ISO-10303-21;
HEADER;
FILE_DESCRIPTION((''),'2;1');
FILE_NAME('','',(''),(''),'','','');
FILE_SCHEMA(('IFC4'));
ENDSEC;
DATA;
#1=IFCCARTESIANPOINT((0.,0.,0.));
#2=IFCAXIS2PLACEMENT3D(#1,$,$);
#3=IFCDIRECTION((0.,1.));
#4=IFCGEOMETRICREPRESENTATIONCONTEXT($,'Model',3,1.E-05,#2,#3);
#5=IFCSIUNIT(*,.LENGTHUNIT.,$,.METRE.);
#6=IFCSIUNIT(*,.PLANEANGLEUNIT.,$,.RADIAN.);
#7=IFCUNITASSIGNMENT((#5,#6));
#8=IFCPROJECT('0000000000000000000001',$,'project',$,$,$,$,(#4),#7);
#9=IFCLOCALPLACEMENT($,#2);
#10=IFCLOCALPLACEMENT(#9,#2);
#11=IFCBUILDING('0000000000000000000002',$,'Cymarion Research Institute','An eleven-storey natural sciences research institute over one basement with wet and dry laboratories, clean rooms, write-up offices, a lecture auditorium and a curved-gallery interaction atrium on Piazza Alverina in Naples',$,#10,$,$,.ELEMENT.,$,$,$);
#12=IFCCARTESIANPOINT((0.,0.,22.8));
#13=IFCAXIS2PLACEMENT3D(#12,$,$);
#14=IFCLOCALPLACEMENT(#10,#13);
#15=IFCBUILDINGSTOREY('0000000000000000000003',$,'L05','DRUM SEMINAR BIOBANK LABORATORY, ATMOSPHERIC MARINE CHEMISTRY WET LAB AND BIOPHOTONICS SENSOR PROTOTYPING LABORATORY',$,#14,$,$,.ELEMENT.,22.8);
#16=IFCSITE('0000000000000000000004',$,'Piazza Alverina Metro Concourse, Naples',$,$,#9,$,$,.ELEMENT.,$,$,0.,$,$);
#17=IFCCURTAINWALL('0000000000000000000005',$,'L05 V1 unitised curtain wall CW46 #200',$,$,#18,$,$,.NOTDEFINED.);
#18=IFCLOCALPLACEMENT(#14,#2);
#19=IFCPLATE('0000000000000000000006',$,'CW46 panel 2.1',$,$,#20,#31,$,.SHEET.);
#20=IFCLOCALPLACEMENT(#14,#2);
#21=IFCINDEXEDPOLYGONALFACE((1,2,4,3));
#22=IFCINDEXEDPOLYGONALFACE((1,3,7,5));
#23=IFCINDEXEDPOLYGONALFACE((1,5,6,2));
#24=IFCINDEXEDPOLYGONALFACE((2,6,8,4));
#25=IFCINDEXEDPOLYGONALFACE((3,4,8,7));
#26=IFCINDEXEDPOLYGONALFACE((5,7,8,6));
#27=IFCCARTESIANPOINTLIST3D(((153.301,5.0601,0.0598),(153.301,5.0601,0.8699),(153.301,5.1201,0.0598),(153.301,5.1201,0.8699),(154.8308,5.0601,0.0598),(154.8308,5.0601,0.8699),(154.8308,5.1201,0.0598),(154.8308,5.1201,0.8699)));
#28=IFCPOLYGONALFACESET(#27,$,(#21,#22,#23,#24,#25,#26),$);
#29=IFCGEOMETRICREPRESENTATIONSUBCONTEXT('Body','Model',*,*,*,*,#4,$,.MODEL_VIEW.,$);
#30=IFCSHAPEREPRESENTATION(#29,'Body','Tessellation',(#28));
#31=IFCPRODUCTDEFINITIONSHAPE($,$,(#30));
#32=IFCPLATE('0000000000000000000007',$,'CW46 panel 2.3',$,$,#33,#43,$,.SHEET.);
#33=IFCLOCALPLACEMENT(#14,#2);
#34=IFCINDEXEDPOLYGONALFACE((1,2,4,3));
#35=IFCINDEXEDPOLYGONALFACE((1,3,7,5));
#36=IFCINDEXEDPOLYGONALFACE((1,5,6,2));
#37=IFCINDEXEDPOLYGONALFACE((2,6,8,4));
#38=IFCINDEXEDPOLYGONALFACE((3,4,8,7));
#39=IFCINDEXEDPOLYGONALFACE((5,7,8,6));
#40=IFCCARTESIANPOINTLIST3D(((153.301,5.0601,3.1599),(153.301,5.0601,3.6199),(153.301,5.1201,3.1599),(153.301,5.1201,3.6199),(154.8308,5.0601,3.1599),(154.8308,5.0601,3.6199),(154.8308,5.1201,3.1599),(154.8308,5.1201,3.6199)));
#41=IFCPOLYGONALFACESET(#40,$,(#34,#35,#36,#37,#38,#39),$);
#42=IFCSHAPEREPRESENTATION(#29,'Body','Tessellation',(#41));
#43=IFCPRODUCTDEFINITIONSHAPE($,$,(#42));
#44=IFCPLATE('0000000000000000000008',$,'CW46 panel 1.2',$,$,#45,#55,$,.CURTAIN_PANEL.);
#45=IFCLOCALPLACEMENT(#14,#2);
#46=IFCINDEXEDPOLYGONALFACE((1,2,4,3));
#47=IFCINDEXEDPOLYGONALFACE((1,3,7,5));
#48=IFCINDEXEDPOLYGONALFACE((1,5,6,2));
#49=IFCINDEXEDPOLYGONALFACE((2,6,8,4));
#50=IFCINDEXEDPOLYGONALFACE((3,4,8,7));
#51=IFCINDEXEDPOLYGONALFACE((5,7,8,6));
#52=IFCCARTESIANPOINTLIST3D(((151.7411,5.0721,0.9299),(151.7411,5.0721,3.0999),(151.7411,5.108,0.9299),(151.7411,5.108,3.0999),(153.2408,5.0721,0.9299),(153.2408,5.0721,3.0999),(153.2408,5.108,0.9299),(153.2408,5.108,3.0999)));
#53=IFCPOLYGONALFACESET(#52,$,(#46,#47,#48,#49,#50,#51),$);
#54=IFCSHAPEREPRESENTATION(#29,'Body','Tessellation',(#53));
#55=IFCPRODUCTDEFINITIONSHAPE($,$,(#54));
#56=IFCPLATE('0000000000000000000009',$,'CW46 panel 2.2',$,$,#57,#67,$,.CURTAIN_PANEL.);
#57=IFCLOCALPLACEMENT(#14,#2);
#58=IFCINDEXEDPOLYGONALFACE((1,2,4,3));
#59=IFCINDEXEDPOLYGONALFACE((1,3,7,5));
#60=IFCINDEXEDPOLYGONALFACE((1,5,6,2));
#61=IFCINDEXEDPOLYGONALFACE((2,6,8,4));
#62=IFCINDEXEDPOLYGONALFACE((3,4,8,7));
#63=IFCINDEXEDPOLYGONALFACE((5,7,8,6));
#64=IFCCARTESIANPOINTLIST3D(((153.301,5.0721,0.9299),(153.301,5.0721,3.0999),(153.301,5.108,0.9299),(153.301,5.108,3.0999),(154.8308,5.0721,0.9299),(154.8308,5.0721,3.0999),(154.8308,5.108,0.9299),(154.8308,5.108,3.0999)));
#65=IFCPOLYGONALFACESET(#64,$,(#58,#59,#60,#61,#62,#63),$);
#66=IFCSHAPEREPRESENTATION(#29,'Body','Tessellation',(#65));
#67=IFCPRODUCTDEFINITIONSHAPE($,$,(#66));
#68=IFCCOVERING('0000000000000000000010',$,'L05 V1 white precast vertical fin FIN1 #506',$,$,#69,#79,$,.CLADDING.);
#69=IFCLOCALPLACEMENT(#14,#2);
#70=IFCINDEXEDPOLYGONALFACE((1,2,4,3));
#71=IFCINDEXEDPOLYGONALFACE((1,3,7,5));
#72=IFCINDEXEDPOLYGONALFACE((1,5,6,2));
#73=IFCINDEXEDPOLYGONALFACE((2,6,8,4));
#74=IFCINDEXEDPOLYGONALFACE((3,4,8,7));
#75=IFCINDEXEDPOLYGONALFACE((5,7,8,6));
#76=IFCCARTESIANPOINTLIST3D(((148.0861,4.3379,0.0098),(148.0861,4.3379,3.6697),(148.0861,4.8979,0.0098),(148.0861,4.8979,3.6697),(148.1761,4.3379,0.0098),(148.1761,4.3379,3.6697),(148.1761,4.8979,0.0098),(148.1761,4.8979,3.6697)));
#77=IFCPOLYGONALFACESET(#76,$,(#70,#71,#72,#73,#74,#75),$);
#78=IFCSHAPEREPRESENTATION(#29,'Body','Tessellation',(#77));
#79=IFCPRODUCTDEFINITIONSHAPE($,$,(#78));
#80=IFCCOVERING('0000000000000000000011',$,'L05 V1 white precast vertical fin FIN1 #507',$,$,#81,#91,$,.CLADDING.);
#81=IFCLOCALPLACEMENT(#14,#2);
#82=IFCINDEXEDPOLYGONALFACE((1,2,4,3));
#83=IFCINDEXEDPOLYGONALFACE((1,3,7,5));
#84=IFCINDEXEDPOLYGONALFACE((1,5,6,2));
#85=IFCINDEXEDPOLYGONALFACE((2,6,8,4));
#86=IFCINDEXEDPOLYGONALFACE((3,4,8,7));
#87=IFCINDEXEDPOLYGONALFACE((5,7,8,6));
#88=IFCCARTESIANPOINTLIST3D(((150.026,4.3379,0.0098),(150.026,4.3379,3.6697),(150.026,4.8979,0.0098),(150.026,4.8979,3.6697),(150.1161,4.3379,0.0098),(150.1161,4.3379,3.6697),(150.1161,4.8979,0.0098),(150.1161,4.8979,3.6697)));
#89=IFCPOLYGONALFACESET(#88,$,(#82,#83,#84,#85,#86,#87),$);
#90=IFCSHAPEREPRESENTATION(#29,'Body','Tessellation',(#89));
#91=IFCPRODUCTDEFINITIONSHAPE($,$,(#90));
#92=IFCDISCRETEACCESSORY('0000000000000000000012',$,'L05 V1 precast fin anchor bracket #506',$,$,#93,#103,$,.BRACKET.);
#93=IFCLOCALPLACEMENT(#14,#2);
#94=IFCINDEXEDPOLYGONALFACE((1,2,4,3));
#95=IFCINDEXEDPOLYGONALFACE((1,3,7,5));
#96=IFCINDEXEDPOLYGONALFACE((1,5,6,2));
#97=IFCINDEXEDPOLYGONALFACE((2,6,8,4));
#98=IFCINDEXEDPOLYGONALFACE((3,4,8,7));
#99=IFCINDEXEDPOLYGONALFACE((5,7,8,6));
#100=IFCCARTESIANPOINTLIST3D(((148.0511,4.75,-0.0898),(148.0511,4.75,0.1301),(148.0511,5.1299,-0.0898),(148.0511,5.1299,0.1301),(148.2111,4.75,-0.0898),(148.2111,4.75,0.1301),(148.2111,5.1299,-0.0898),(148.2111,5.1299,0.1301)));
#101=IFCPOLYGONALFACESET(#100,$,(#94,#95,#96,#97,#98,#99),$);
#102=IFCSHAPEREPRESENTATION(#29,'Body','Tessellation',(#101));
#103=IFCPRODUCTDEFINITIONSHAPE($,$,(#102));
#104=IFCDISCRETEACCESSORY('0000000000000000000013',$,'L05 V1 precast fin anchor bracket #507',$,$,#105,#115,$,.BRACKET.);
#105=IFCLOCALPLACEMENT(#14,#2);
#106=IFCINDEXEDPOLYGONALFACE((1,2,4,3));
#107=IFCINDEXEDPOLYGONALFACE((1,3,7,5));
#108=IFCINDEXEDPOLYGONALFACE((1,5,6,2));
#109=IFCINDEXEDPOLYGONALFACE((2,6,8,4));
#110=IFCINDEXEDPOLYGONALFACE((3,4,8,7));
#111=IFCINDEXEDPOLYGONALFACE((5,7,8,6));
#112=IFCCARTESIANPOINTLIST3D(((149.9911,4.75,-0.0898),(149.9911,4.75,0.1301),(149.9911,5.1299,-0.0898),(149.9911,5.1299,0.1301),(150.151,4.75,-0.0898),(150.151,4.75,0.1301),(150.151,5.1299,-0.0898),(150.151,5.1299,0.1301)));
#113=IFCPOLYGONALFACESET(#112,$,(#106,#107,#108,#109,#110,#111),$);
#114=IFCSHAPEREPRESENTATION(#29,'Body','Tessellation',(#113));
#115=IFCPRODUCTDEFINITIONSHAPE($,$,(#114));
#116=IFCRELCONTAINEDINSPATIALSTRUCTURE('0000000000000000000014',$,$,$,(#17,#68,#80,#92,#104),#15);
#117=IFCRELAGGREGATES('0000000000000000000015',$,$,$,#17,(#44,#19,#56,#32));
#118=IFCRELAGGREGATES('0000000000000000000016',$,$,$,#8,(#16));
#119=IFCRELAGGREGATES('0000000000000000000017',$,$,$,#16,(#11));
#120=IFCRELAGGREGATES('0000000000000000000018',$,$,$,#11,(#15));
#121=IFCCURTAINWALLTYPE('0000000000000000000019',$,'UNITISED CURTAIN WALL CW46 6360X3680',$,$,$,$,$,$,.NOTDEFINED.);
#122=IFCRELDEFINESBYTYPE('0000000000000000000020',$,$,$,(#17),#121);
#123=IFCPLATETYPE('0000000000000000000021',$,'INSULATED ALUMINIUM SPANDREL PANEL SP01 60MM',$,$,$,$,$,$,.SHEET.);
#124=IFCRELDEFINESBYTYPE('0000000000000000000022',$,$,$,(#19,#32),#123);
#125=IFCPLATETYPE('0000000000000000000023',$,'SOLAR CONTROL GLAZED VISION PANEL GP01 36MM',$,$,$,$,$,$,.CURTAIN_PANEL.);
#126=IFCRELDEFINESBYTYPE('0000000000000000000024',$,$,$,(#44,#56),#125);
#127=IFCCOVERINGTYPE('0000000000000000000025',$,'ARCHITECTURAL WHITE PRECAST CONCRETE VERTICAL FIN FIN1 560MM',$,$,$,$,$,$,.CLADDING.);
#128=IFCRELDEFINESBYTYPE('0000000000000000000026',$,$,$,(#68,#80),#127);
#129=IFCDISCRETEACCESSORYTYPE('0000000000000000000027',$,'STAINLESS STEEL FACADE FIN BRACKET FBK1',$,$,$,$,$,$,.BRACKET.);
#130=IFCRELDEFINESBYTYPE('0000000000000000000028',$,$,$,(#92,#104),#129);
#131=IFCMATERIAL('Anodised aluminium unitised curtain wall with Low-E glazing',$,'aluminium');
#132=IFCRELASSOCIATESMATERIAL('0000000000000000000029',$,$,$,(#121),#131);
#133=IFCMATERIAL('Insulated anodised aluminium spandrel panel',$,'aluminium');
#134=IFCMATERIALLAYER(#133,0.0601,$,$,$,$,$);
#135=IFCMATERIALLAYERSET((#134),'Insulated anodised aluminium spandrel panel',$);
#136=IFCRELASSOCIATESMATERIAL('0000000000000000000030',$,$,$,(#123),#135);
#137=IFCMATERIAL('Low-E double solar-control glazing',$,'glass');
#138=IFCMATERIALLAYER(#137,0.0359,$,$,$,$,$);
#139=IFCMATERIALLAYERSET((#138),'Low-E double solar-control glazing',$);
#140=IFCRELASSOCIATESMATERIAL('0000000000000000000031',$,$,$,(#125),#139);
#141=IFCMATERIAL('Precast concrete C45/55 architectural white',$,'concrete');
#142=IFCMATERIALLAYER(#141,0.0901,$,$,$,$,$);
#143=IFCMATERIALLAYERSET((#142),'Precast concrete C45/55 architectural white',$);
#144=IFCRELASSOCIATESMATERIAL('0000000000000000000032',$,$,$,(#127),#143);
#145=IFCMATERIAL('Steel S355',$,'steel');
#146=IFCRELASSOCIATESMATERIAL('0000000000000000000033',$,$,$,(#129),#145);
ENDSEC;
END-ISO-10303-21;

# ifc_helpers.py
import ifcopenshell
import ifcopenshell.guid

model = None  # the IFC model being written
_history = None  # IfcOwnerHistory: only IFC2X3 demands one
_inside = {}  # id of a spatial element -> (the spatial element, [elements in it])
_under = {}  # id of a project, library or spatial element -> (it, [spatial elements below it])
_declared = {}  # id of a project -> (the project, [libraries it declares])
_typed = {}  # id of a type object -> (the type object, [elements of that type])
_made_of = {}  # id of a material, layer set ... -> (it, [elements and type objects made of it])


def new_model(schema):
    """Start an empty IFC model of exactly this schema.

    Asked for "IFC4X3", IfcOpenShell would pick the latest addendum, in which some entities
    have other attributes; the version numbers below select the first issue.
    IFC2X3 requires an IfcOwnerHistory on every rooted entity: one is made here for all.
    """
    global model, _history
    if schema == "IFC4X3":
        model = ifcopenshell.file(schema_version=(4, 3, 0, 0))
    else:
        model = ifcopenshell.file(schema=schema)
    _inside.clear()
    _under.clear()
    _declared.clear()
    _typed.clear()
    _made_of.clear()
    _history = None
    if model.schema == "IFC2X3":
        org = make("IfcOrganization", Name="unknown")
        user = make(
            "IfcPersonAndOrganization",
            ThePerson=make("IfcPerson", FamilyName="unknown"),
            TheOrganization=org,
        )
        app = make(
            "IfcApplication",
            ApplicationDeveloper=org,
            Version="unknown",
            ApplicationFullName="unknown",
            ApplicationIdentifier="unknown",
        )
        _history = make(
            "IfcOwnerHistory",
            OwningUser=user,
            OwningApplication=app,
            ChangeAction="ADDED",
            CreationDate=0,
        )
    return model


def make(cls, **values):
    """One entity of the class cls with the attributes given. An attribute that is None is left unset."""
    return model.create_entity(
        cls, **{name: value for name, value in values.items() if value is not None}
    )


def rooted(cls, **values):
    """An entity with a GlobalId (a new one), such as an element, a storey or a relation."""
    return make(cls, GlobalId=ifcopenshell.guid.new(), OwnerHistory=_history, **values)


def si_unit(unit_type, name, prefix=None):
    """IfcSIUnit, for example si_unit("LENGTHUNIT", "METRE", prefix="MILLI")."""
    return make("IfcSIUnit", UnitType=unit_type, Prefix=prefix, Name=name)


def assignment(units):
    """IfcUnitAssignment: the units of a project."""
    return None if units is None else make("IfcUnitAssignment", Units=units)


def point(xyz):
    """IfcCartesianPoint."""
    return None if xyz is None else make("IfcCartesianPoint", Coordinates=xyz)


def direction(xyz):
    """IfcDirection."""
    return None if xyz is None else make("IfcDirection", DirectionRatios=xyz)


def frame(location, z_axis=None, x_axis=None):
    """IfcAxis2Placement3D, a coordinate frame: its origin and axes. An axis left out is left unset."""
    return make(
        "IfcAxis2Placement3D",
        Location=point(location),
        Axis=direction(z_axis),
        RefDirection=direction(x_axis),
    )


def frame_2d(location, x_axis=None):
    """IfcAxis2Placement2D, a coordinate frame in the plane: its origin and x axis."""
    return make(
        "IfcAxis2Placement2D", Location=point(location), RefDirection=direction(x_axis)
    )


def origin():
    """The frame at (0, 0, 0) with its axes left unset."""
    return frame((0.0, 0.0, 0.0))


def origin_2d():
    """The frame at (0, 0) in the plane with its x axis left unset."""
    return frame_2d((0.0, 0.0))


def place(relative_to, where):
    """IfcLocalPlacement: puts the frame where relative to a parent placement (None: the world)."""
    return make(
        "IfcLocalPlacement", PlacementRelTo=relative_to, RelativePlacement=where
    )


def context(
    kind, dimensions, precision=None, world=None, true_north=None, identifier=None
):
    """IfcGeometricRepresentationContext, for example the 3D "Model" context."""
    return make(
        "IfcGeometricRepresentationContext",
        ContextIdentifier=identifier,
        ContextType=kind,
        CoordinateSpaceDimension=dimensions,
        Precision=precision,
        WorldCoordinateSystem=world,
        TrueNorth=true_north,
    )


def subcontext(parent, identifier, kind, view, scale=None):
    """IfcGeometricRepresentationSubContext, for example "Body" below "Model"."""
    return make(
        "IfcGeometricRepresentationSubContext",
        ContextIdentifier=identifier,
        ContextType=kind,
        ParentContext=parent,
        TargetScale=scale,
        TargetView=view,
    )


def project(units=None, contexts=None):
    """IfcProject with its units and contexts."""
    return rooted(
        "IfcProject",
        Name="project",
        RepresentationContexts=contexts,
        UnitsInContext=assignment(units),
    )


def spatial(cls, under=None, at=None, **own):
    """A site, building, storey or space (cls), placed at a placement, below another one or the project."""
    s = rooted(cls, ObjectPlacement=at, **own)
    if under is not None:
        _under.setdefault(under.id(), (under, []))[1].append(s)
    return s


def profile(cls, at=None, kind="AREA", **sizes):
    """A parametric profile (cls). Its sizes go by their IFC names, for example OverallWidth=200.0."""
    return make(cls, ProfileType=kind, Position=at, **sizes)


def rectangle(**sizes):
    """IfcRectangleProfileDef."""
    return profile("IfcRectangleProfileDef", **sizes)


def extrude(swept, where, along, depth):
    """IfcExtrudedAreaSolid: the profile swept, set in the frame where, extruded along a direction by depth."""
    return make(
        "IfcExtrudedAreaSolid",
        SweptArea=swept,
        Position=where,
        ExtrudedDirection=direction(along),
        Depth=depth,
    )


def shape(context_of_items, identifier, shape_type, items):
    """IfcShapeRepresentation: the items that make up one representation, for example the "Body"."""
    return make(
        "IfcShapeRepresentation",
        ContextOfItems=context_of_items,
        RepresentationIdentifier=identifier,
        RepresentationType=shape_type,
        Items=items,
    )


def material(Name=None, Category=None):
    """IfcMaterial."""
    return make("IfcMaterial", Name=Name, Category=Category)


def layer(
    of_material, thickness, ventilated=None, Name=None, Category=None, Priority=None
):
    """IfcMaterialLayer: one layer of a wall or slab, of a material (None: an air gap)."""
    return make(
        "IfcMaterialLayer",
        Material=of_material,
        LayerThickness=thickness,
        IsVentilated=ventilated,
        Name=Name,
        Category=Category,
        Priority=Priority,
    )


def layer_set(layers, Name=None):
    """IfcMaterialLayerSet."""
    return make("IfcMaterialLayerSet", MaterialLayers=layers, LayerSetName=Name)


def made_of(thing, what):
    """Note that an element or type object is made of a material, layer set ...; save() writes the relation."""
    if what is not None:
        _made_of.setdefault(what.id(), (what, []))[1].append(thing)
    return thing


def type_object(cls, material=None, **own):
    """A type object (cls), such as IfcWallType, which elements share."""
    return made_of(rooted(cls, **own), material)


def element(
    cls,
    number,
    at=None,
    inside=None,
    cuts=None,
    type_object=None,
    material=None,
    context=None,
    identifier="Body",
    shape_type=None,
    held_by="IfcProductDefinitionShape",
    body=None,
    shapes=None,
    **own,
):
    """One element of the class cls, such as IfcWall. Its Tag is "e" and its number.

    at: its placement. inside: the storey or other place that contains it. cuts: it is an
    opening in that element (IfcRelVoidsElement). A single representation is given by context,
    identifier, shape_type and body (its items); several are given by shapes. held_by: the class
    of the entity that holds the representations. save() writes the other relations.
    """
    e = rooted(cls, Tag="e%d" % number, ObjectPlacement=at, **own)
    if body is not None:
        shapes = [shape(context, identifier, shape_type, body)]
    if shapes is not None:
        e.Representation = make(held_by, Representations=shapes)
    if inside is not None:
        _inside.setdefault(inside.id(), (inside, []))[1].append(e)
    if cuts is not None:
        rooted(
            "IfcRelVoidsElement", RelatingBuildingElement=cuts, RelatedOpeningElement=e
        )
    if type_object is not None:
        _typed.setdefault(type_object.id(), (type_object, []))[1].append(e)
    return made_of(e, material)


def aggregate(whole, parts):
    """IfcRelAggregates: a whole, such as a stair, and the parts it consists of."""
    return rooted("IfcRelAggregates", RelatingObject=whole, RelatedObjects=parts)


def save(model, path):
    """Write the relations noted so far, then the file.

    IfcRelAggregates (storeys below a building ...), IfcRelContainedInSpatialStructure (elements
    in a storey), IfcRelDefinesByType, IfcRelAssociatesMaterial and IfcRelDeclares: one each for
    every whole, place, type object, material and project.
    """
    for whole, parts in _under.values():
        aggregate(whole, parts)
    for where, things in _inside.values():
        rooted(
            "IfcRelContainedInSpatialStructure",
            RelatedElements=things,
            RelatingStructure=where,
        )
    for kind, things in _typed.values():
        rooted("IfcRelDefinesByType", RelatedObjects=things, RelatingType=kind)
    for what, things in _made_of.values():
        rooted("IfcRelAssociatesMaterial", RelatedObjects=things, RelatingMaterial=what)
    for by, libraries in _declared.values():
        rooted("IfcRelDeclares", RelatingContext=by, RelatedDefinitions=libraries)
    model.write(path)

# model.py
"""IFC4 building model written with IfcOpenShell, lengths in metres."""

from ifc_helpers import new_model, si_unit, direction, frame, origin, origin_2d, place, context, subcontext, project, spatial, rectangle, extrude, material, layer, layer_set, type_object, element, aggregate, save


model = new_model("IFC4")

# Units and contexts
model_context = context("Model", 3, precision=1e-05, world=origin(), true_north=direction((0.0, 1.0)))
body_context = subcontext(model_context, "Body", "Model", "MODEL_VIEW")
ifc_project = project(units=[si_unit("LENGTHUNIT", "METRE"), si_unit("PLANEANGLEUNIT", "RADIAN")], contexts=[model_context])

# Site, building, storey
site_placement = place(None, origin())
site = spatial("IfcSite", under=ifc_project, at=site_placement, Name="Piazza Alverina Metro Concourse, Naples", CompositionType="ELEMENT", RefElevation=0.0)
building_placement = place(site_placement, origin())
building = spatial("IfcBuilding", under=site, at=building_placement, Name="Cymarion Research Institute", Description="An eleven-storey natural sciences research institute over one basement with wet and dry laboratories, clean rooms, write-up offices, a lecture auditorium and a curved-gallery interaction atrium on Piazza Alverina in Naples", CompositionType="ELEMENT")
storey_placement = place(building_placement, frame((0.0, 0.0, 22.8)))
storey = spatial("IfcBuildingStorey", under=building, at=storey_placement, Name="L05", Description="DRUM SEMINAR BIOBANK LABORATORY, ATMOSPHERIC MARINE CHEMISTRY WET LAB AND BIOPHOTONICS SENSOR PROTOTYPING LABORATORY", CompositionType="ELEMENT", Elevation=22.8)

# Curtain wall, plates
ifc_material_1 = material(Name="Anodised aluminium unitised curtain wall with Low-E glazing", Category="aluminium")
curtain_wall_type = type_object("IfcCurtainWallType", Name="UNITISED CURTAIN WALL CW46 6360X3680", PredefinedType="NOTDEFINED", material=ifc_material_1)
curtain_wall_placement = place(storey_placement, origin())
curtain_wall = element("IfcCurtainWall", 1, at=curtain_wall_placement, inside=storey, type_object=curtain_wall_type, Name="L05 V1 unitised curtain wall CW46 #200", PredefinedType="NOTDEFINED")
ifc_material_2 = material(Name="Insulated anodised aluminium spandrel panel", Category="aluminium")
ifc_layer_1 = layer(ifc_material_2, 0.0601)
ifc_layer_set_1 = layer_set([ifc_layer_1], Name="Insulated anodised aluminium spandrel panel")
plate_type_1 = type_object("IfcPlateType", Name="INSULATED ALUMINIUM SPANDREL PANEL SP01 60MM", PredefinedType="SHEET", material=ifc_layer_set_1)
plate_1_placement = place(storey_placement, frame((154.0659, 5.0901, 0.0598), z_axis=(0.0, 0.0, 1.0), x_axis=(1.0, 0.0, 0.0)))
plate_1 = element("IfcPlate", 2, at=plate_1_placement, type_object=plate_type_1, Name="CW46 panel 2.1", PredefinedType="SHEET", context=body_context, shape_type="SweptSolid", body=[
    extrude(rectangle(XDim=1.5298, YDim=0.0601, at=origin_2d()), origin(), (0.0, 0.0, 1.0), 0.8101),
])
plate_2_placement = place(storey_placement, frame((154.0659, 5.0901, 3.1599), z_axis=(0.0, 0.0, 1.0), x_axis=(1.0, 0.0, 0.0)))
plate_2 = element("IfcPlate", 3, at=plate_2_placement, type_object=plate_type_1, Name="CW46 panel 2.3", PredefinedType="SHEET", context=body_context, shape_type="SweptSolid", body=[
    extrude(rectangle(XDim=1.5298, YDim=0.0601, at=origin_2d()), origin(), (0.0, 0.0, 1.0), 0.46),
])
ifc_material_3 = material(Name="Low-E double solar-control glazing", Category="glass")
ifc_layer_2 = layer(ifc_material_3, 0.0359)
ifc_layer_set_2 = layer_set([ifc_layer_2], Name="Low-E double solar-control glazing")
plate_type_2 = type_object("IfcPlateType", Name="SOLAR CONTROL GLAZED VISION PANEL GP01 36MM", PredefinedType="CURTAIN_PANEL", material=ifc_layer_set_2)
plate_3_placement = place(storey_placement, frame((152.491, 5.0901, 0.9299), z_axis=(0.0, 0.0, 1.0), x_axis=(1.0, 0.0, 0.0)))
plate_3 = element("IfcPlate", 4, at=plate_3_placement, type_object=plate_type_2, Name="CW46 panel 1.2", PredefinedType="CURTAIN_PANEL", context=body_context, shape_type="SweptSolid", body=[
    extrude(rectangle(XDim=1.4998, YDim=0.0359, at=origin_2d()), origin(), (0.0, 0.0, 1.0), 2.1699),
])
plate_4_placement = place(storey_placement, frame((154.0659, 5.0901, 0.9299), z_axis=(0.0, 0.0, 1.0), x_axis=(1.0, 0.0, 0.0)))
plate_4 = element("IfcPlate", 5, at=plate_4_placement, type_object=plate_type_2, Name="CW46 panel 2.2", PredefinedType="CURTAIN_PANEL", context=body_context, shape_type="SweptSolid", body=[
    extrude(rectangle(XDim=1.5298, YDim=0.0359, at=origin_2d()), origin(), (0.0, 0.0, 1.0), 2.1699),
])
aggregate(curtain_wall, [plate_3, plate_1, plate_4, plate_2])

# Coverings
ifc_material_4 = material(Name="Precast concrete C45/55 architectural white", Category="concrete")
ifc_layer_3 = layer(ifc_material_4, 0.0901)
ifc_layer_set_3 = layer_set([ifc_layer_3], Name="Precast concrete C45/55 architectural white")
covering_type = type_object("IfcCoveringType", Name="ARCHITECTURAL WHITE PRECAST CONCRETE VERTICAL FIN FIN1 560MM", PredefinedType="CLADDING", material=ifc_layer_set_3)
for number, where, z_axis, x_axis, name in (
    (6, (148.1311, 4.6179, 0.0098), (0.0, 0.0, 1.0), (0.0, -1.0, 0.0), "L05 V1 white precast vertical fin FIN1 #506"),
    (7, (150.071, 4.6179, 0.0098), (0.0, 0.0, 1.0), (0.0, -1.0, 0.0), "L05 V1 white precast vertical fin FIN1 #507"),
):
    element("IfcCovering", number, at=place(storey_placement, frame(where, z_axis=z_axis, x_axis=x_axis)), inside=storey, type_object=covering_type, Name=name, PredefinedType="CLADDING", context=body_context, shape_type="SweptSolid", body=[
        extrude(rectangle(XDim=0.5601, YDim=0.0901, at=origin_2d()), origin(), (0.0, 0.0, 1.0), 3.6599),
    ])

# Discrete accessories
ifc_material_5 = material(Name="Steel S355", Category="steel")
discrete_accessory_type = type_object("IfcDiscreteAccessoryType", Name="STAINLESS STEEL FACADE FIN BRACKET FBK1", PredefinedType="BRACKET", material=ifc_material_5)
for number, where, z_axis, x_axis, name in (
    (8, (148.1311, 4.9399, -0.0898), (0.0, 0.0, 1.0), (0.0, -1.0, 0.0), "L05 V1 precast fin anchor bracket #506"),
    (9, (150.071, 4.9399, -0.0898), (0.0, 0.0, 1.0), (0.0, -1.0, 0.0), "L05 V1 precast fin anchor bracket #507"),
):
    element("IfcDiscreteAccessory", number, at=place(storey_placement, frame(where, z_axis=z_axis, x_axis=x_axis)), inside=storey, type_object=discrete_accessory_type, Name=name, PredefinedType="BRACKET", context=body_context, shape_type="SweptSolid", body=[
        extrude(rectangle(XDim=0.3799, YDim=0.1599, at=origin_2d()), origin(), (0.0, 0.0, 1.0), 0.22),
    ])

save(model, "model.ifc")
